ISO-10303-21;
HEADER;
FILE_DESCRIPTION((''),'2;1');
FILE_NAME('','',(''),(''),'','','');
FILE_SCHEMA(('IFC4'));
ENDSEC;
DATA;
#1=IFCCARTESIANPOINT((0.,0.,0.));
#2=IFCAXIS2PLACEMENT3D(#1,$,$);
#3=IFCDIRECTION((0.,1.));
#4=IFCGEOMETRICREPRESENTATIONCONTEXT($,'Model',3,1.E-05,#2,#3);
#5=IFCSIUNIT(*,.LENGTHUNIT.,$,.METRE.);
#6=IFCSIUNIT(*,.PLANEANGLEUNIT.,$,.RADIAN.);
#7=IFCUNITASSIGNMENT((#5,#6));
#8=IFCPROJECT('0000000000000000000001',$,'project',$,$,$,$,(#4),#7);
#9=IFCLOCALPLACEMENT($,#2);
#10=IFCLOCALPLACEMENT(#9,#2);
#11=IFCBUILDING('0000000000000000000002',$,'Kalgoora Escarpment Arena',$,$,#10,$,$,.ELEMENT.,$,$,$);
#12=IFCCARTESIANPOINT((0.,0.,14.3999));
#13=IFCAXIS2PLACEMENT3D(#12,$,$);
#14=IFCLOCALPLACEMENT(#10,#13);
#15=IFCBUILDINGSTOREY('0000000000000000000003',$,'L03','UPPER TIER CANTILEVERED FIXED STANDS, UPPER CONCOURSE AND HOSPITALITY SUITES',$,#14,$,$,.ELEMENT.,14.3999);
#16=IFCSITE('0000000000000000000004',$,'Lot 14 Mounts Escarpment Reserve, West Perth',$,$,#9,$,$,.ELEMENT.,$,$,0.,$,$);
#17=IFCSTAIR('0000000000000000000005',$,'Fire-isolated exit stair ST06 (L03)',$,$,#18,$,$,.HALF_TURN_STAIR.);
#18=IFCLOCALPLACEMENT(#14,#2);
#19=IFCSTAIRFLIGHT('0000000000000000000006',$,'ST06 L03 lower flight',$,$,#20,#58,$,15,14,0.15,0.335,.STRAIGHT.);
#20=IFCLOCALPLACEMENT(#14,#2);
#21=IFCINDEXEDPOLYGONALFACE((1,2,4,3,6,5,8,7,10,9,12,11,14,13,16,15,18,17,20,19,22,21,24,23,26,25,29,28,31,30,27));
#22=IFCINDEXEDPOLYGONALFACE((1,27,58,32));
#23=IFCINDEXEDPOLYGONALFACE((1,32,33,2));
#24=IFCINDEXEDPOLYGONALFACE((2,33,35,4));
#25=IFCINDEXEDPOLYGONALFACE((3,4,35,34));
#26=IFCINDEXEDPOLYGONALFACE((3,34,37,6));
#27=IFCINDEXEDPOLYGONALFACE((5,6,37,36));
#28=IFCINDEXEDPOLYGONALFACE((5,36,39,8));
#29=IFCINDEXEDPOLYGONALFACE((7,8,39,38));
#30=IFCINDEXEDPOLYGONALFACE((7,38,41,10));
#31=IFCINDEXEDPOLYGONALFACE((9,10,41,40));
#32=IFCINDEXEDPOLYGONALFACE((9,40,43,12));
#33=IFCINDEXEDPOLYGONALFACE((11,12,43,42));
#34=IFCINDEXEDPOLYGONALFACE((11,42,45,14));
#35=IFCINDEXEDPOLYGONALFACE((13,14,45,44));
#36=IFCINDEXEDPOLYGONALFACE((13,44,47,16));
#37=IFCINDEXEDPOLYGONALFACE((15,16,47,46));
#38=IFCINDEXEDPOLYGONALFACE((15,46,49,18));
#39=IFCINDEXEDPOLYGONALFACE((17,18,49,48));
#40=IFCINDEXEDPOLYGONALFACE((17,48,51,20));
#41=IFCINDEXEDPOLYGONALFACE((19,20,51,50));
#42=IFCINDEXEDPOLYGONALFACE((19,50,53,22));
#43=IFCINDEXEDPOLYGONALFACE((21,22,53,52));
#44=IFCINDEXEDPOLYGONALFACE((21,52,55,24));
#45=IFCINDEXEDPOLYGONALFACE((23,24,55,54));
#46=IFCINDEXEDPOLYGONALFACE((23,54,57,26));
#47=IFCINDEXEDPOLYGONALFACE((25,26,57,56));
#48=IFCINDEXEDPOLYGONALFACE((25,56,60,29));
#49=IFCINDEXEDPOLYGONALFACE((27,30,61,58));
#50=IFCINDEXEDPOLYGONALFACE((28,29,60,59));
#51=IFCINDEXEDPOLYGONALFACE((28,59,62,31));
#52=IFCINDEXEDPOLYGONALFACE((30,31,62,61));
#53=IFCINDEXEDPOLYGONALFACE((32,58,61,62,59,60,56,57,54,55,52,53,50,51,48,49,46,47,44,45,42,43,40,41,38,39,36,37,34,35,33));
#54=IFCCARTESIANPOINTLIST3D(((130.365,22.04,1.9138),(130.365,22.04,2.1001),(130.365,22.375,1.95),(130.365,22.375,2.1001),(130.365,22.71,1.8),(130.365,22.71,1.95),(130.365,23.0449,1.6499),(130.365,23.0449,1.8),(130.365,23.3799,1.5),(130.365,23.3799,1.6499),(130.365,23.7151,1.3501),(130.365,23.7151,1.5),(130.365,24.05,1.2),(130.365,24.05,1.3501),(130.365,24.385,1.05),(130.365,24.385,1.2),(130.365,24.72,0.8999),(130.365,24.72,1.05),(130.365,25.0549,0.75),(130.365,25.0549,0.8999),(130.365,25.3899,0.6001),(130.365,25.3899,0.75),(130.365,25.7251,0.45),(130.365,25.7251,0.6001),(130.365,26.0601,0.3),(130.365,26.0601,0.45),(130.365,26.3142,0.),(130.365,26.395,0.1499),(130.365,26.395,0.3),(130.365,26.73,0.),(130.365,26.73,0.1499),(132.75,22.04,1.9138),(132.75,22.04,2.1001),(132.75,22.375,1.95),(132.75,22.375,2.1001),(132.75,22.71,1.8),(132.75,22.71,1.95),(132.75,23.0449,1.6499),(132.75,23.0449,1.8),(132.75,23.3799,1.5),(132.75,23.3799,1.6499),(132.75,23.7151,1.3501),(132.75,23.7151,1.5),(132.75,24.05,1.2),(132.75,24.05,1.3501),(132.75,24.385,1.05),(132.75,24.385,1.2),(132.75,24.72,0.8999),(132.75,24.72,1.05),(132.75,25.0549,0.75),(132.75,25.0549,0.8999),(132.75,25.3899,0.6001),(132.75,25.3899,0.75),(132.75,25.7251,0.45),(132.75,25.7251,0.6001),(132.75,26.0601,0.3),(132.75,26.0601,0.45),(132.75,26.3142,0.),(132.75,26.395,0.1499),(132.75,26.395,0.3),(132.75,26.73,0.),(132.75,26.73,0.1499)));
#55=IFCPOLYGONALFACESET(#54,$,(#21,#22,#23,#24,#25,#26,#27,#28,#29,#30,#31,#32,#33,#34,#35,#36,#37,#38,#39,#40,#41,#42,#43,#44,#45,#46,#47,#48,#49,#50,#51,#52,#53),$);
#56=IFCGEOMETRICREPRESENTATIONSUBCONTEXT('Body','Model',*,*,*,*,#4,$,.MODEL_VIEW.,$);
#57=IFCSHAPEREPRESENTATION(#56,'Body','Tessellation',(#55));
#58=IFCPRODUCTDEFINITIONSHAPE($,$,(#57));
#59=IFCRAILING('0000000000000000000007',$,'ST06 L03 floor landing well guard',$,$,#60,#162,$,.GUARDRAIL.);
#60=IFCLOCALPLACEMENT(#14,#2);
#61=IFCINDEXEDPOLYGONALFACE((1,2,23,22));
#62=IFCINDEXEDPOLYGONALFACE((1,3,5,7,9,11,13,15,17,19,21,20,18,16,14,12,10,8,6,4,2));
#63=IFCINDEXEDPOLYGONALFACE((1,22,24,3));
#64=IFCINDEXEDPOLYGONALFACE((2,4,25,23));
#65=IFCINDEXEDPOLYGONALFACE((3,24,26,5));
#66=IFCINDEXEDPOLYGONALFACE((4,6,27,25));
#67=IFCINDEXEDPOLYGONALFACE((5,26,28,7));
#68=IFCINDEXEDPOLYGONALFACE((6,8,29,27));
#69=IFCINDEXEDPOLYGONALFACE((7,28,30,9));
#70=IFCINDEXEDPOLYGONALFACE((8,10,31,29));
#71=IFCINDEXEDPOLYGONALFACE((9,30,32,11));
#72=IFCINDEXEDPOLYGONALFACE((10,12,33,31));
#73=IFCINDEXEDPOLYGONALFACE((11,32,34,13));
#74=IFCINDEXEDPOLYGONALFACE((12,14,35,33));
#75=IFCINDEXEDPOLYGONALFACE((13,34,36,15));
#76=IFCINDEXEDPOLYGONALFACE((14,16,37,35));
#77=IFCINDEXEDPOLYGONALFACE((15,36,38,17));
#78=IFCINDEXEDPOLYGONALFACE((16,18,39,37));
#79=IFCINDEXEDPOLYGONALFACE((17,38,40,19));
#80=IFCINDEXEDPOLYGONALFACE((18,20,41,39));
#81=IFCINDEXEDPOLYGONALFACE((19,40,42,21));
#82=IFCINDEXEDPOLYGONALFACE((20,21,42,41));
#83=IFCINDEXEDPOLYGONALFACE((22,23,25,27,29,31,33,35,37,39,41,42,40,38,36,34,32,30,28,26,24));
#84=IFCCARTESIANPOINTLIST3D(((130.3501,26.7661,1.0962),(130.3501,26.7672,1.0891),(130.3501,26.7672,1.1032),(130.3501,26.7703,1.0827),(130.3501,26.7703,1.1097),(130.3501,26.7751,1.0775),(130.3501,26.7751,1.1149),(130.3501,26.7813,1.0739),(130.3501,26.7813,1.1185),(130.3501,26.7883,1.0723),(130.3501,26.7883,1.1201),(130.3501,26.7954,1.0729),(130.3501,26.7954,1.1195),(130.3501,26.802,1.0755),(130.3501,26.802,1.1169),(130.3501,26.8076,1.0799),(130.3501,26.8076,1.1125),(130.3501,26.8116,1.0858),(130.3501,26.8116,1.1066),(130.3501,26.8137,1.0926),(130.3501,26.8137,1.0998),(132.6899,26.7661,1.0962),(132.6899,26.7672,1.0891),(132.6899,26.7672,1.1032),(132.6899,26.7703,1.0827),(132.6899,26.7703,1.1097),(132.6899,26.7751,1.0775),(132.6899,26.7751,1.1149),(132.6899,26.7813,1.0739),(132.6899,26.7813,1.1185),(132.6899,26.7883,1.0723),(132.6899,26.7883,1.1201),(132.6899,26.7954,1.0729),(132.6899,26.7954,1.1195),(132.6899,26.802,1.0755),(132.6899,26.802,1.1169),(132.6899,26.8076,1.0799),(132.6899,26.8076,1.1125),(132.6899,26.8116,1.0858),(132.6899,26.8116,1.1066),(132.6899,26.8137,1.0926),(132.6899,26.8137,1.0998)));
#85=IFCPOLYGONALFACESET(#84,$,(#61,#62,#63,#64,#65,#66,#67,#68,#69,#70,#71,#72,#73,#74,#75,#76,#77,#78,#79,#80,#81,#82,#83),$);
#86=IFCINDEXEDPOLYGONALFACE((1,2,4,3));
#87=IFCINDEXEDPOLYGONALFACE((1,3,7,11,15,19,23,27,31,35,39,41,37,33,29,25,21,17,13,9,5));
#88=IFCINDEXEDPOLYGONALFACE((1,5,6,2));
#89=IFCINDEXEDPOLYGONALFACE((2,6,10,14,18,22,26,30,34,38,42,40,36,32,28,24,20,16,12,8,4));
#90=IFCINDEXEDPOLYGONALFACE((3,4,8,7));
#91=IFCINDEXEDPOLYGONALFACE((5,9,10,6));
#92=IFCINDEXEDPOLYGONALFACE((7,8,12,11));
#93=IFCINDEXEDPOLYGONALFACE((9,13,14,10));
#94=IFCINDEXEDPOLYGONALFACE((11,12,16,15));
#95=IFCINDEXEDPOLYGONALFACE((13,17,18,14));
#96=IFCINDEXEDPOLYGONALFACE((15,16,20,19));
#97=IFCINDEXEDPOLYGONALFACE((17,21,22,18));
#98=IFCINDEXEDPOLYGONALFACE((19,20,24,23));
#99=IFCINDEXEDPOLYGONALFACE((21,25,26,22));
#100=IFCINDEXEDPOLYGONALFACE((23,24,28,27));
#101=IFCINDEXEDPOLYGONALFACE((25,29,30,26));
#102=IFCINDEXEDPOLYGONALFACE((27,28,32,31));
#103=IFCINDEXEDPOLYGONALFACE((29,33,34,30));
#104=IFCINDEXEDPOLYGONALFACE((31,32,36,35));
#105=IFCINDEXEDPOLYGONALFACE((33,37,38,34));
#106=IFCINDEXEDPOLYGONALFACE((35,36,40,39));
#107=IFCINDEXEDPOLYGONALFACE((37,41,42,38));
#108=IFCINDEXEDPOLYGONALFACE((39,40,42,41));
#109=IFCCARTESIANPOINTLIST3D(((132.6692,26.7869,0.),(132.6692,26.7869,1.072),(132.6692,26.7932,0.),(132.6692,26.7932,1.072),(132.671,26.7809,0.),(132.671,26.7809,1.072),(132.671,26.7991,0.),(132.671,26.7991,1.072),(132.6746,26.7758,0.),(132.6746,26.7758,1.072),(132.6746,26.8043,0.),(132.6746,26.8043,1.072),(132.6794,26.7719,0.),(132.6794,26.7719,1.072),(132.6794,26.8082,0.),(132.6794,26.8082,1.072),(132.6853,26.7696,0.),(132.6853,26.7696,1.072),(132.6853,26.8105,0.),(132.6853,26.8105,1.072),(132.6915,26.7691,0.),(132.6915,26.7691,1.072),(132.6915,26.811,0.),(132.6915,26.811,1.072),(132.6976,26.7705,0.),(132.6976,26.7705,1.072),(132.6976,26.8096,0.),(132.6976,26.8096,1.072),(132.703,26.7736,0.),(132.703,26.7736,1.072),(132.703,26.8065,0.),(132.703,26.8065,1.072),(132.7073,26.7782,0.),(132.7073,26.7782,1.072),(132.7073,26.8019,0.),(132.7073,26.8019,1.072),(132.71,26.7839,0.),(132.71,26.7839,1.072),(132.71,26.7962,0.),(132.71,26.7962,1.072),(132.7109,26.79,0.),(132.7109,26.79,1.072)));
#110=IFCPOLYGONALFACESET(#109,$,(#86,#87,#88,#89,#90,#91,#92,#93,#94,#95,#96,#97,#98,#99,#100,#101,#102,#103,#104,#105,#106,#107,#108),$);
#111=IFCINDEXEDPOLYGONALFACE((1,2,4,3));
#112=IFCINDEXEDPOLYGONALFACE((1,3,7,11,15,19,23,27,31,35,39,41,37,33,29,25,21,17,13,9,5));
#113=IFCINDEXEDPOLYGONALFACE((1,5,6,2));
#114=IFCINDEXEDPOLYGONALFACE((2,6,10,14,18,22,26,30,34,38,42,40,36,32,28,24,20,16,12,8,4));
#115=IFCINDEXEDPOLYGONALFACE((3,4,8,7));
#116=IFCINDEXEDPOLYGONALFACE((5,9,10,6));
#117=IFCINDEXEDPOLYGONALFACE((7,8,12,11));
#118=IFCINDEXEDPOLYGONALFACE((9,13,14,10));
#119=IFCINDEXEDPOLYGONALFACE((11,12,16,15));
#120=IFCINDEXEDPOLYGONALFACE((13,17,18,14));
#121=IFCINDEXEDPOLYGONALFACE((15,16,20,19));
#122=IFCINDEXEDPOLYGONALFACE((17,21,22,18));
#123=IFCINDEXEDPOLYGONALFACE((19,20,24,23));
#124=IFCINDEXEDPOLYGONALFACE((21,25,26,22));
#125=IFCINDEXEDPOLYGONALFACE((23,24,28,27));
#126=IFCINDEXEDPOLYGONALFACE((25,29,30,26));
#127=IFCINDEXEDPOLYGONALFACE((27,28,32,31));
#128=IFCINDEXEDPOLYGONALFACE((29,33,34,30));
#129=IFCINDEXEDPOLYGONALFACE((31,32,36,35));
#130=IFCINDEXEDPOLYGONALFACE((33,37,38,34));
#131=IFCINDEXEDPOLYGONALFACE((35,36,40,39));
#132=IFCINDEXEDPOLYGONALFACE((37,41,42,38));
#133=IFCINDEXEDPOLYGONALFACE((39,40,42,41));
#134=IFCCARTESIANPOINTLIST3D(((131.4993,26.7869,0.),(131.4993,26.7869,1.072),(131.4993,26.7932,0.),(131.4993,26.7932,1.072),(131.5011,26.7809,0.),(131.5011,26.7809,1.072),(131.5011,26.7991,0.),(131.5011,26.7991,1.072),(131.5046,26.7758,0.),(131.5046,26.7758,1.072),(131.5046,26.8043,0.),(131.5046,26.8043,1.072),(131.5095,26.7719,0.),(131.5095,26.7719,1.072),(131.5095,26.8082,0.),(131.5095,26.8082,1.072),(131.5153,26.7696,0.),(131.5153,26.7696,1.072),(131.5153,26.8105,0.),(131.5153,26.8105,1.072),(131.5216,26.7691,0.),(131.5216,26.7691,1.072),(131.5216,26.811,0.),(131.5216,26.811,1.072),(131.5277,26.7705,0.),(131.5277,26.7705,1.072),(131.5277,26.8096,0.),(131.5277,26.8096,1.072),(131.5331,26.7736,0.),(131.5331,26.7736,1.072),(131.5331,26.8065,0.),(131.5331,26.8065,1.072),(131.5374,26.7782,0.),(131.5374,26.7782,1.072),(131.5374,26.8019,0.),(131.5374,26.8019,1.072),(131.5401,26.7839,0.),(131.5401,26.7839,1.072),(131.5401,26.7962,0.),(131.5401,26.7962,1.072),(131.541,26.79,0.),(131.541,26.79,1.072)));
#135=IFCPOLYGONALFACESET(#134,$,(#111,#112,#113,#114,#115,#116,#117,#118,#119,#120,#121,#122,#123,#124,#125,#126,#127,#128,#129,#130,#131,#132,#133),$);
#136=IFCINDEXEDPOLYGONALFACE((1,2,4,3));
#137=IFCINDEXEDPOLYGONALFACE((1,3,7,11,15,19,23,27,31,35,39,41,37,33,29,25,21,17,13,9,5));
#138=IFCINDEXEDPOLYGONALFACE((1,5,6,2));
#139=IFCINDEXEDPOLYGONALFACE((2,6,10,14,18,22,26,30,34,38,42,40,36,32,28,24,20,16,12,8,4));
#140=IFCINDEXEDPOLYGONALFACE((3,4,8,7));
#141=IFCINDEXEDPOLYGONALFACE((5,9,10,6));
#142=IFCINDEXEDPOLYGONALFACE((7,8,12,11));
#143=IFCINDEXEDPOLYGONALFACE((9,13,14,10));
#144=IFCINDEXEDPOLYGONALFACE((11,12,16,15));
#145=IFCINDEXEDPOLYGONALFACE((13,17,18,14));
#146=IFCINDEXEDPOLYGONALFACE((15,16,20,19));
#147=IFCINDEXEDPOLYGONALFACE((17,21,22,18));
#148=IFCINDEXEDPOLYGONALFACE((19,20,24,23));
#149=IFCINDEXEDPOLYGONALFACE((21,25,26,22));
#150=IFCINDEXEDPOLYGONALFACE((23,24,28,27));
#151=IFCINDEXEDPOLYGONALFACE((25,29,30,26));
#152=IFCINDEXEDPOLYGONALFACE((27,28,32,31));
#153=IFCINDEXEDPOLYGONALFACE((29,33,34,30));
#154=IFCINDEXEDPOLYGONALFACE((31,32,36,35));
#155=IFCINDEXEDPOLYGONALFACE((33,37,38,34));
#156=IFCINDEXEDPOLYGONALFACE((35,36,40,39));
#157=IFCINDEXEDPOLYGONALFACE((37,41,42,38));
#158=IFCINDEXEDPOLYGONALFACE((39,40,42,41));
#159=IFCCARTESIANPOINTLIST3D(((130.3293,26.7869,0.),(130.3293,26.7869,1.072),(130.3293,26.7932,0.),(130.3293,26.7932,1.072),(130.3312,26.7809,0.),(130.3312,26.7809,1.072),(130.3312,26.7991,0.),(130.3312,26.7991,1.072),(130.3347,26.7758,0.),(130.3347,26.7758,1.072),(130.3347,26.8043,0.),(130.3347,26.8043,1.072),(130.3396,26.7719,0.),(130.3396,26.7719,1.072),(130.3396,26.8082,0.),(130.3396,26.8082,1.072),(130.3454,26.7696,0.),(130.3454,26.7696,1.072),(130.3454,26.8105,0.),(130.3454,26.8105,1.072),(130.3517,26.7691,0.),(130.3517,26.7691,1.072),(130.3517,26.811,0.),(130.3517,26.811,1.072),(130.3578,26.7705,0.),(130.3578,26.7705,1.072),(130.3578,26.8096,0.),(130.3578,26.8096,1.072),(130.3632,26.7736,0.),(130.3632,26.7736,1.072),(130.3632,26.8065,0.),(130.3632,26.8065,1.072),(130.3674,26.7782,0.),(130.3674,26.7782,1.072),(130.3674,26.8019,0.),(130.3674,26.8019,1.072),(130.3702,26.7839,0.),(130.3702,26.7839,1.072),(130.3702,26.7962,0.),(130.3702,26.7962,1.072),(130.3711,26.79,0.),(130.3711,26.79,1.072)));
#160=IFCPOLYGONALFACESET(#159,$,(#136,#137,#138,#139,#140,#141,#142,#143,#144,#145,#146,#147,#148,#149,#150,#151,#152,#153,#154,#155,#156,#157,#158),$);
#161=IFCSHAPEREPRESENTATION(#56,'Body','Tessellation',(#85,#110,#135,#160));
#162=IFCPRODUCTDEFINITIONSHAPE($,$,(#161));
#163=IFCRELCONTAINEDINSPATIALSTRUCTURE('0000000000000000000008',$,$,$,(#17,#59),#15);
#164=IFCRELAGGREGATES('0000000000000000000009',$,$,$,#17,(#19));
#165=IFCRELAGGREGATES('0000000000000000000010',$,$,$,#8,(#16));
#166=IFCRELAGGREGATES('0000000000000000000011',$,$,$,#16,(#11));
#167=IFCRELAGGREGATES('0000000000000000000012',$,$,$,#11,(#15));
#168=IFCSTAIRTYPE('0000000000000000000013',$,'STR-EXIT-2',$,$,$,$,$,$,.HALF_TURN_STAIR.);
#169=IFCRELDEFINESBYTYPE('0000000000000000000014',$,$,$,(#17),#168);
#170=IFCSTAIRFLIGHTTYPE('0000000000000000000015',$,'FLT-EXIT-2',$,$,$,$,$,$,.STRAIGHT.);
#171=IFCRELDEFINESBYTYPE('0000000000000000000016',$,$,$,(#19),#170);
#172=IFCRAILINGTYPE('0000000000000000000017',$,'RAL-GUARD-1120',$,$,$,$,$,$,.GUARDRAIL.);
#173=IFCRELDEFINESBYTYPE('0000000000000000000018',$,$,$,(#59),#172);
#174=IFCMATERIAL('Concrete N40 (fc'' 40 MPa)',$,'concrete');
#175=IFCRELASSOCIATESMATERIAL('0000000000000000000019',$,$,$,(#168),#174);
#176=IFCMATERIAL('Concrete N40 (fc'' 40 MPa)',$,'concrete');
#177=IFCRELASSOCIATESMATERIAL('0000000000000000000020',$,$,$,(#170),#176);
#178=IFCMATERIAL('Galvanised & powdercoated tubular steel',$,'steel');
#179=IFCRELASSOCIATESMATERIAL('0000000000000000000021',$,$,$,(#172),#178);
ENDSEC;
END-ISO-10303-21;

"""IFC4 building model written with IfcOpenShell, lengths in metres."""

from ifc_helpers import new_model, si_unit, direction, frame, origin, origin_2d, place, context, subcontext, project, spatial, polyline, circle, outline, extrude, material, type_object, element, aggregate, save


model = new_model("IFC4")

# Units and contexts
model_context = context("Model", 3, precision=1e-05, world=origin(), true_north=direction((0.0, 1.0)))
body_context = subcontext(model_context, "Body", "Model", "MODEL_VIEW")
ifc_project = project(units=[si_unit("LENGTHUNIT", "METRE"), si_unit("PLANEANGLEUNIT", "RADIAN")], contexts=[model_context])

# Site, building, storey
site_placement = place(None, origin())
site = spatial("IfcSite", under=ifc_project, at=site_placement, Name="Lot 14 Mounts Escarpment Reserve, West Perth", CompositionType="ELEMENT", RefElevation=0.0)
building_placement = place(site_placement, origin())
building = spatial("IfcBuilding", under=site, at=building_placement, Name="Kalgoora Escarpment Arena", CompositionType="ELEMENT")
storey_placement = place(building_placement, frame((0.0, 0.0, 14.3999)))
storey = spatial("IfcBuildingStorey", under=building, at=storey_placement, Name="L03", Description="UPPER TIER CANTILEVERED FIXED STANDS, UPPER CONCOURSE AND HOSPITALITY SUITES", CompositionType="ELEMENT", Elevation=14.3999)

# Stair, stair flight
ifc_material_1 = material(Name="Concrete N40 (fc' 40 MPa)", Category="concrete")
stair_type = type_object("IfcStairType", Name="STR-EXIT-2", PredefinedType="HALF_TURN_STAIR", material=ifc_material_1)
stair_placement = place(storey_placement, origin())
stair = element("IfcStair", 1, at=stair_placement, inside=storey, type_object=stair_type, Name="Fire-isolated exit stair ST06 (L03)", PredefinedType="HALF_TURN_STAIR")
ifc_material_2 = material(Name="Concrete N40 (fc' 40 MPa)", Category="concrete")
stair_flight_type = type_object("IfcStairFlightType", Name="FLT-EXIT-2", PredefinedType="STRAIGHT", material=ifc_material_2)
stair_flight_placement = place(storey_placement, frame((131.5576, 26.73, 0.0), z_axis=(0.0, 0.0, 1.0), x_axis=(0.0, -1.0, 0.0)))
stair_flight = element("IfcStairFlight", 2, at=stair_flight_placement, type_object=stair_flight_type, Name="ST06 L03 lower flight", NumberOfRisers=15, NumberOfTreads=14, PredefinedType="STRAIGHT", RiserHeight=0.15, TreadLength=0.335, context=body_context, shape_type="SweptSolid", body=[
    extrude(outline(polyline([(0.0, 0.0), (0.0, 0.1499), (0.335, 0.1499), (0.335, 0.3), (0.6699, 0.3), (0.6699, 0.45), (1.0049, 0.45), (1.0049, 0.6001), (1.3401, 0.6001), (1.3401, 0.75), (1.675, 0.75), (1.675, 0.8999), (2.01, 0.8999), (2.01, 1.05), (2.345, 1.05), (2.345, 1.2), (2.6799, 1.2), (2.6799, 1.3501), (3.0149, 1.3501), (3.0149, 1.5), (3.3501, 1.5), (3.3501, 1.6499), (3.6851, 1.6499), (3.6851, 1.8), (4.02, 1.8), (4.02, 1.95), (4.355, 1.95), (4.355, 2.1001), (4.6899, 2.1001), (4.6899, 2.25), (4.6899, 1.9138), (0.4158, 0.0), (0.0, 0.0)])), frame((0.0, 1.1924, 0.0), z_axis=(0.0, -1.0, 0.0), x_axis=(1.0, 0.0, 0.0)), (0.0, 0.0, 1.0), 2.385),
])
aggregate(stair, [stair_flight])

# Railing
ifc_material_3 = material(Name="Galvanised & powdercoated tubular steel", Category="steel")
railing_type_1 = type_object("IfcRailingType", Name="RAL-GUARD-1120", PredefinedType="GUARDRAIL", material=ifc_material_3)
railing_1_placement = place(storey_placement, frame((132.6899, 26.79, 0.0)))
element("IfcRailing", 3, at=railing_1_placement, inside=storey, type_object=railing_type_1, Name="ST06 L03 floor landing well guard", PredefinedType="GUARDRAIL", context=body_context, shape_type="SweptSolid", body=[
    extrude(circle(Radius=0.0239, at=origin_2d()), frame((0.0, 0.0, 1.0962), z_axis=(-1.0, 0.0, 0.0), x_axis=(0.0, -1.0, 0.0)), (0.0, 0.0, 1.0), 2.3398),
    extrude(circle(Radius=0.021, at=origin_2d()), origin(), (0.0, 0.0, 1.0), 1.072),
    extrude(circle(Radius=0.021, at=origin_2d()), frame((-1.1699, 0.0, 0.0)), (0.0, 0.0, 1.0), 1.072),
    extrude(circle(Radius=0.021, at=origin_2d()), frame((-2.3398, 0.0, 0.0)), (0.0, 0.0, 1.0), 1.072),
])

save(model, "model.ifc")
